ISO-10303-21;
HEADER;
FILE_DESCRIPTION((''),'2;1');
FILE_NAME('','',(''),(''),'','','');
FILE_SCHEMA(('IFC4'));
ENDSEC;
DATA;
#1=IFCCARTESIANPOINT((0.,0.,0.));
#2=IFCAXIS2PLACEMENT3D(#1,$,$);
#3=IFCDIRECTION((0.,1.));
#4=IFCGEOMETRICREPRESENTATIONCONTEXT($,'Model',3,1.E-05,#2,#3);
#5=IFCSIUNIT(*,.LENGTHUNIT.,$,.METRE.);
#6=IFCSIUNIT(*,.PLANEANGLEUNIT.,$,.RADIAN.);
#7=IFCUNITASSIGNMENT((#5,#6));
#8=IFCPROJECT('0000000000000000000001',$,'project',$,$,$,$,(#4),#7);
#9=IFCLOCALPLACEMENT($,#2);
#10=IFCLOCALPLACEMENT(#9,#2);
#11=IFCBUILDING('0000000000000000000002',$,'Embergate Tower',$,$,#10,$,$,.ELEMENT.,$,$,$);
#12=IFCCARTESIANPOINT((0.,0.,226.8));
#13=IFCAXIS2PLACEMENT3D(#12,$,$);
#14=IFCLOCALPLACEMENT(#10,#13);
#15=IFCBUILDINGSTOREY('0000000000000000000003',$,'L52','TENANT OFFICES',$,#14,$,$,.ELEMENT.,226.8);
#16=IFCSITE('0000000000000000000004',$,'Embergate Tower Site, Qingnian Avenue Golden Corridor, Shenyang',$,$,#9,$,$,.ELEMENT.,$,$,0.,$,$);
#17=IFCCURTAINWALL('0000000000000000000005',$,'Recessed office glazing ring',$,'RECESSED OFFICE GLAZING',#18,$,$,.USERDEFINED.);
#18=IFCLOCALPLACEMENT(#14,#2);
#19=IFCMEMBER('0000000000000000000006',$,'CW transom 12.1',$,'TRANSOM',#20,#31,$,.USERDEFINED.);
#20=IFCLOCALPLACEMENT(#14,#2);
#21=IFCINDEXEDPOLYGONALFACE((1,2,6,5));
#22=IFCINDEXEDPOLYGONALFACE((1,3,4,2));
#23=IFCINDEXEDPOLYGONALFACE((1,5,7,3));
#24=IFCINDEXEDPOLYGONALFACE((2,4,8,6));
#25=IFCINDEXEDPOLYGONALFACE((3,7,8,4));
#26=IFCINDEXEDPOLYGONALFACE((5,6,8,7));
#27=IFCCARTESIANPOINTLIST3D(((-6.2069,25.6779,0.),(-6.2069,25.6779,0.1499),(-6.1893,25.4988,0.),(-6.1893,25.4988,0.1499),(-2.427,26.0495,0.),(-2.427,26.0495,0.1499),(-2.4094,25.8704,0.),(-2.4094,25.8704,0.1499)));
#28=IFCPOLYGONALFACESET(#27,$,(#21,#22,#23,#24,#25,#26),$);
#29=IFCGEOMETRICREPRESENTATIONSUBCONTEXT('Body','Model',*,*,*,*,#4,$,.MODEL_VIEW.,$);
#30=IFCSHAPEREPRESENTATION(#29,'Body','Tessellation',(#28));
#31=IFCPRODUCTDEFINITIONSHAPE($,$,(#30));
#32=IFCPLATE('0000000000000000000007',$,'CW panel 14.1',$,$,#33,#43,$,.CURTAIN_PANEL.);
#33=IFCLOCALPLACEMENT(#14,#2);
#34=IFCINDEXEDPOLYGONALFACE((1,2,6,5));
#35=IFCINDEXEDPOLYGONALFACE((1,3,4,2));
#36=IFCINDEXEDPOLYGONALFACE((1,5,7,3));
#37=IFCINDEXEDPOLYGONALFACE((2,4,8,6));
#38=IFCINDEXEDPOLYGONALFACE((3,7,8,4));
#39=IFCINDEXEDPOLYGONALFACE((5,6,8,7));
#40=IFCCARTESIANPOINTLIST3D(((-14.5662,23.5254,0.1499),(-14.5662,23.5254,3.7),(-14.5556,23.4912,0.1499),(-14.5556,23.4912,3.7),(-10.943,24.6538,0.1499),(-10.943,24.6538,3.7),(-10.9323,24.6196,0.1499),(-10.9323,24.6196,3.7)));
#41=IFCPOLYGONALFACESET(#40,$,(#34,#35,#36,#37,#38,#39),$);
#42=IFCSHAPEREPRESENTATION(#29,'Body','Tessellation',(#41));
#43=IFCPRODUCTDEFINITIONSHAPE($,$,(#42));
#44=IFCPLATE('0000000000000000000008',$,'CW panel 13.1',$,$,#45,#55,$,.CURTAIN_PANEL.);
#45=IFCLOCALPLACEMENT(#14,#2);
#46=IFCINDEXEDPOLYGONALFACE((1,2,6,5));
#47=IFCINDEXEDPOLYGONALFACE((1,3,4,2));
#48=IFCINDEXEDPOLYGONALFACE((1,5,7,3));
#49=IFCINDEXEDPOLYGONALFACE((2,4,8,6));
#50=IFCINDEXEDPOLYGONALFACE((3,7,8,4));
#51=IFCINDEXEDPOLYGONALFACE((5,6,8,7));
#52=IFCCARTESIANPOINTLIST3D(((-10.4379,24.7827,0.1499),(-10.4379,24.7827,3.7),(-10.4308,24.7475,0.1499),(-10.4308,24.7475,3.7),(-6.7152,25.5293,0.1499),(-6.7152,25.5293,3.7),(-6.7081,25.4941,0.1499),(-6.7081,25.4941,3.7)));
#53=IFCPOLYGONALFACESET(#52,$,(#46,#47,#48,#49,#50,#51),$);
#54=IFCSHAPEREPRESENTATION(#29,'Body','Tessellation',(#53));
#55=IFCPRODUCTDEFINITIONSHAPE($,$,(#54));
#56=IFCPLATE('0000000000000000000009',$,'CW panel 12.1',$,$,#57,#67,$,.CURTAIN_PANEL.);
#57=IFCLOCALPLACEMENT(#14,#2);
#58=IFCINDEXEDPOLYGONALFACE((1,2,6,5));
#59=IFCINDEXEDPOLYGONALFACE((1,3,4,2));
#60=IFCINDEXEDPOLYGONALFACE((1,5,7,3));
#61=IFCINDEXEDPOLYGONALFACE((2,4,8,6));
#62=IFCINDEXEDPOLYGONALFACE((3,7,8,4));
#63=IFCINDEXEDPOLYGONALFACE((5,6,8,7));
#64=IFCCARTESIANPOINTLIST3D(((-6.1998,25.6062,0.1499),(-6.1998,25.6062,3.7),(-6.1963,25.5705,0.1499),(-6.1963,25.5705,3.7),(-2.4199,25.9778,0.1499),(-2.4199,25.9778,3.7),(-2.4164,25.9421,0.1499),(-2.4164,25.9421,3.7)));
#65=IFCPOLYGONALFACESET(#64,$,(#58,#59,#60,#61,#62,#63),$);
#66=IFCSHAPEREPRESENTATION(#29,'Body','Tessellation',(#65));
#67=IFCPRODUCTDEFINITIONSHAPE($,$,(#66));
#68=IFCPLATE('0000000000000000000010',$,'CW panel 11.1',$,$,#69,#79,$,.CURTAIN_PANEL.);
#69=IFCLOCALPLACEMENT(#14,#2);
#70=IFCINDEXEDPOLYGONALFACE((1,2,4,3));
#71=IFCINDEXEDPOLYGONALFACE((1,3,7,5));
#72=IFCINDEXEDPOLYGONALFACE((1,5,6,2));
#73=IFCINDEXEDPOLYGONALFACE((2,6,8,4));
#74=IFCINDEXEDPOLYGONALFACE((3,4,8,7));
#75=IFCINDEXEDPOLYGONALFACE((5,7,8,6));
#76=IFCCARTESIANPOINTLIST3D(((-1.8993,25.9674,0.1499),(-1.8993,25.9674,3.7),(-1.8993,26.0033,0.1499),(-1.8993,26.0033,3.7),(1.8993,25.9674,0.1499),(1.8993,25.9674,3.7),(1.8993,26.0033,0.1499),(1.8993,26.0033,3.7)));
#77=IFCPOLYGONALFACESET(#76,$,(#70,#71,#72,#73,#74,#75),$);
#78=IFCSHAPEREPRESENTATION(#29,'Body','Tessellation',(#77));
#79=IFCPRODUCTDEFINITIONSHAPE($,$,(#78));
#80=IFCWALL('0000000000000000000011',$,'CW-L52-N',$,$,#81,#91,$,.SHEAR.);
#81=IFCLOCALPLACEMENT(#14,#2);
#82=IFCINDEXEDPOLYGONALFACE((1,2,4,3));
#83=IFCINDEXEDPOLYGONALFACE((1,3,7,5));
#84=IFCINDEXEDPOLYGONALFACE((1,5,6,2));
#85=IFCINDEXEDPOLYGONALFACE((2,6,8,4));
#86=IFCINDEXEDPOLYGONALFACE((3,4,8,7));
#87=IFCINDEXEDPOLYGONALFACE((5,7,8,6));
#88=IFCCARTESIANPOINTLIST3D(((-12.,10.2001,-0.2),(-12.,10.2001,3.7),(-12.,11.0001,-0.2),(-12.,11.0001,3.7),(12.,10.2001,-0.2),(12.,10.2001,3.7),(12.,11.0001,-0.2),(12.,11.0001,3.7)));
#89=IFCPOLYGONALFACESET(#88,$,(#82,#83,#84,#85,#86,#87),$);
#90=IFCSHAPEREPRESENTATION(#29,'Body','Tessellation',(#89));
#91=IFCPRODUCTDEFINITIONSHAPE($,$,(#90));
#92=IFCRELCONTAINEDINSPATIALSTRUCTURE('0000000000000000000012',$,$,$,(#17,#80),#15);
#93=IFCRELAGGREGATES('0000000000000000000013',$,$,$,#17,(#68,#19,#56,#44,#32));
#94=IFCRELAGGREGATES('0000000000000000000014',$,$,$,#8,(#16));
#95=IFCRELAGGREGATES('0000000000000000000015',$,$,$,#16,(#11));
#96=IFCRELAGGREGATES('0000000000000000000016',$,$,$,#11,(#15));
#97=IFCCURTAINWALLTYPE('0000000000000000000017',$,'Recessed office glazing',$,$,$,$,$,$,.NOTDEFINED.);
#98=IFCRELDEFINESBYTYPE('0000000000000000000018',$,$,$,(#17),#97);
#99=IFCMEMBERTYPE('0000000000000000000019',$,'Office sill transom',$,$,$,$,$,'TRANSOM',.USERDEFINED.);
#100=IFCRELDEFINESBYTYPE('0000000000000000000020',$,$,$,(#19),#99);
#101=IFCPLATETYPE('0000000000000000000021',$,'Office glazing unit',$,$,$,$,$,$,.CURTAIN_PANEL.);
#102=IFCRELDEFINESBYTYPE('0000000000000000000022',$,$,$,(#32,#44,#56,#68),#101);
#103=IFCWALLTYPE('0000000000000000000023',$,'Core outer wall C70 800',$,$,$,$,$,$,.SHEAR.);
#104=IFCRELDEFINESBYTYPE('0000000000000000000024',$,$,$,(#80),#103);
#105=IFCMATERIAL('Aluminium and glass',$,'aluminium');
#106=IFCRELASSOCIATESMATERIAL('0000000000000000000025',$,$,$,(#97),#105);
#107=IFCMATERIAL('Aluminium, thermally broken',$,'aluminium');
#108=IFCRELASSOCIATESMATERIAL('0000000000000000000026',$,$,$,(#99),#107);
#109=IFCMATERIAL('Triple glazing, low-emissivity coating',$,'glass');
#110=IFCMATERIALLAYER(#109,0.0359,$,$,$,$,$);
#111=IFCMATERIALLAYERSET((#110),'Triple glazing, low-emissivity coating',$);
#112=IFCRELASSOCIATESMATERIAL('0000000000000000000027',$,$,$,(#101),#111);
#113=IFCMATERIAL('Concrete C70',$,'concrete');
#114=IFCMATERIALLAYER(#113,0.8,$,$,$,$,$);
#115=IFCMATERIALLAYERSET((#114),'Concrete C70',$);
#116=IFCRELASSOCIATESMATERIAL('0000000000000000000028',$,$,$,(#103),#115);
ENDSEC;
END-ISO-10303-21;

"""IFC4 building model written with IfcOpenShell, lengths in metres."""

from ifc_helpers import new_model, si_unit, direction, frame, frame_2d, origin, origin_2d, place, context, subcontext, project, spatial, rectangle, extrude, source, transform, mapped, material, layer, layer_set, material_profile, profile_set, type_object, element, aggregate, save


model = new_model("IFC4")

# Units and contexts
model_context = context("Model", 3, precision=1e-05, world=origin(), true_north=direction((0.0, 1.0)))
body_context = subcontext(model_context, "Body", "Model", "MODEL_VIEW")
ifc_project = project(units=[si_unit("LENGTHUNIT", "METRE"), si_unit("PLANEANGLEUNIT", "RADIAN")], contexts=[model_context])

# Site, building, storey
site_placement = place(None, origin())
site = spatial("IfcSite", under=ifc_project, at=site_placement, Name="Embergate Tower Site, Qingnian Avenue Golden Corridor, Shenyang", CompositionType="ELEMENT", RefElevation=0.0)
building_placement = place(site_placement, origin())
building = spatial("IfcBuilding", under=site, at=building_placement, Name="Embergate Tower", CompositionType="ELEMENT")
storey_placement = place(building_placement, frame((0.0, 0.0, 226.8)))
storey = spatial("IfcBuildingStorey", under=building, at=storey_placement, Name="L52", Description="TENANT OFFICES", CompositionType="ELEMENT", Elevation=226.8)

# Curtain wall, member, plates
ifc_material_1 = material(Name="Aluminium and glass", Category="aluminium")
curtain_wall_type = type_object("IfcCurtainWallType", Name="Recessed office glazing", PredefinedType="NOTDEFINED", material=ifc_material_1)
curtain_wall_placement = place(storey_placement, origin())
curtain_wall = element("IfcCurtainWall", 1, at=curtain_wall_placement, inside=storey, type_object=curtain_wall_type, Name="Recessed office glazing ring", ObjectType="RECESSED OFFICE GLAZING", PredefinedType="USERDEFINED")
ifc_material_2 = material(Name="Aluminium, thermally broken", Category="aluminium")
ifc_material_profile_1 = material_profile(ifc_material_2, rectangle(XDim=0.1799, YDim=0.1499, at=origin_2d()), Name="AL 150x180")
ifc_profile_set_1 = profile_set([ifc_material_profile_1], Name="Aluminium, thermally broken")
member_type_1 = type_object("IfcMemberType", Name="Office sill transom", ElementType="TRANSOM", PredefinedType="USERDEFINED", material=ifc_profile_set_1)
shared_shape_1 = source(origin(), body_context, "Body", "SweptSolid", [
    extrude(rectangle(XDim=0.1799, YDim=0.1499, at=origin_2d()), origin(), (0.0, 0.0, 1.0), 3.7981),
])
member_1_placement = place(storey_placement, frame((-2.4182, 25.96, 0.075), z_axis=(-0.995203, -0.097836, 0.0), x_axis=(0.097836, -0.995203, 0.0)))
member_1 = element("IfcMember", 2, at=member_1_placement, type_object=member_type_1, Name="CW transom 12.1", ObjectType="TRANSOM", PredefinedType="USERDEFINED", context=body_context, shape_type="MappedRepresentation", body=[
    mapped(shared_shape_1, transform((0.0, 0.0, 0.0))),
])
ifc_material_3 = material(Name="Triple glazing, low-emissivity coating", Category="glass")
ifc_layer_1 = layer(ifc_material_3, 0.0359)
ifc_layer_set_1 = layer_set([ifc_layer_1], Name="Triple glazing, low-emissivity coating")
plate_type = type_object("IfcPlateType", Name="Office glazing unit", PredefinedType="CURTAIN_PANEL", material=ifc_layer_set_1)
shared_shape_2 = source(origin(), body_context, "Body", "SweptSolid", [
    extrude(rectangle(XDim=3.7949, YDim=0.0359, at=origin_2d()), origin(), (0.0, 0.0, 1.0), 3.55),
])
plate_1_placement = place(storey_placement, frame((-12.7493, 24.0725, 0.1499), z_axis=(0.0, 0.0, 1.0), x_axis=(-0.954771, -0.297343, 0.0)))
plate_1 = element("IfcPlate", 3, at=plate_1_placement, type_object=plate_type, Name="CW panel 14.1", PredefinedType="CURTAIN_PANEL", context=body_context, shape_type="MappedRepresentation", body=[
    mapped(shared_shape_2, transform((0.0, 0.0, 0.0))),
])
shared_shape_3 = source(origin(), body_context, "Body", "SweptSolid", [
    extrude(rectangle(XDim=3.7969, YDim=0.0359, at=origin_2d()), origin(), (0.0, 0.0, 1.0), 3.55),
])
plate_2_placement = place(storey_placement, frame((-8.573, 25.1384, 0.1499), z_axis=(0.0, 0.0, 1.0), x_axis=(-0.980475, -0.196643, 0.0)))
plate_2 = element("IfcPlate", 4, at=plate_2_placement, type_object=plate_type, Name="CW panel 13.1", PredefinedType="CURTAIN_PANEL", context=body_context, shape_type="MappedRepresentation", body=[
    mapped(shared_shape_3, transform((0.0, 0.0, 0.0))),
])
shared_shape_4 = source(origin(), body_context, "Body", "SweptSolid", [
    extrude(rectangle(XDim=3.7981, YDim=0.0359, at=origin_2d()), origin(), (0.0, 0.0, 1.0), 3.55),
])
plate_3_placement = place(storey_placement, frame((-4.3081, 25.7742, 0.1499), z_axis=(0.0, 0.0, 1.0), x_axis=(-0.995203, -0.097831, 0.0)))
plate_3 = element("IfcPlate", 5, at=plate_3_placement, type_object=plate_type, Name="CW panel 12.1", PredefinedType="CURTAIN_PANEL", context=body_context, shape_type="MappedRepresentation", body=[
    mapped(shared_shape_4, transform((0.0, 0.0, 0.0))),
])
shared_shape_5 = source(origin(), body_context, "Body", "SweptSolid", [
    extrude(rectangle(XDim=3.7986, YDim=0.0359, at=origin_2d()), origin(), (0.0, 0.0, 1.0), 3.55),
])
plate_4_placement = place(storey_placement, frame((0.0, 25.9854, 0.1499), z_axis=(0.0, 0.0, 1.0), x_axis=(-1.0, 0.0, 0.0)))
plate_4 = element("IfcPlate", 6, at=plate_4_placement, type_object=plate_type, Name="CW panel 11.1", PredefinedType="CURTAIN_PANEL", context=body_context, shape_type="MappedRepresentation", body=[
    mapped(shared_shape_5, transform((0.0, 0.0, 0.0))),
])
aggregate(curtain_wall, [plate_4, member_1, plate_3, plate_2, plate_1])

# Wall
ifc_material_4 = material(Name="Concrete C70", Category="concrete")
ifc_layer_2 = layer(ifc_material_4, 0.8)
ifc_layer_set_2 = layer_set([ifc_layer_2], Name="Concrete C70")
wall_type_1 = type_object("IfcWallType", Name="Core outer wall C70 800", PredefinedType="SHEAR", material=ifc_layer_set_2)
shared_shape_6 = source(origin(), body_context, "Body", "SweptSolid", [
    extrude(rectangle(XDim=24.0, YDim=0.8, at=frame_2d((12.0, 0.0))), origin(), (0.0, 0.0, 1.0), 3.8999),
])
wall_1_placement = place(storey_placement, frame((-12.0, 10.6001, -0.2), z_axis=(0.0, 0.0, 1.0), x_axis=(1.0, 0.0, 0.0)))
element("IfcWall", 7, at=wall_1_placement, inside=storey, type_object=wall_type_1, Name="CW-L52-N", PredefinedType="SHEAR", context=body_context, shape_type="MappedRepresentation", body=[
    mapped(shared_shape_6, transform((0.0, 0.0, 0.0))),
])

save(model, "model.ifc")
